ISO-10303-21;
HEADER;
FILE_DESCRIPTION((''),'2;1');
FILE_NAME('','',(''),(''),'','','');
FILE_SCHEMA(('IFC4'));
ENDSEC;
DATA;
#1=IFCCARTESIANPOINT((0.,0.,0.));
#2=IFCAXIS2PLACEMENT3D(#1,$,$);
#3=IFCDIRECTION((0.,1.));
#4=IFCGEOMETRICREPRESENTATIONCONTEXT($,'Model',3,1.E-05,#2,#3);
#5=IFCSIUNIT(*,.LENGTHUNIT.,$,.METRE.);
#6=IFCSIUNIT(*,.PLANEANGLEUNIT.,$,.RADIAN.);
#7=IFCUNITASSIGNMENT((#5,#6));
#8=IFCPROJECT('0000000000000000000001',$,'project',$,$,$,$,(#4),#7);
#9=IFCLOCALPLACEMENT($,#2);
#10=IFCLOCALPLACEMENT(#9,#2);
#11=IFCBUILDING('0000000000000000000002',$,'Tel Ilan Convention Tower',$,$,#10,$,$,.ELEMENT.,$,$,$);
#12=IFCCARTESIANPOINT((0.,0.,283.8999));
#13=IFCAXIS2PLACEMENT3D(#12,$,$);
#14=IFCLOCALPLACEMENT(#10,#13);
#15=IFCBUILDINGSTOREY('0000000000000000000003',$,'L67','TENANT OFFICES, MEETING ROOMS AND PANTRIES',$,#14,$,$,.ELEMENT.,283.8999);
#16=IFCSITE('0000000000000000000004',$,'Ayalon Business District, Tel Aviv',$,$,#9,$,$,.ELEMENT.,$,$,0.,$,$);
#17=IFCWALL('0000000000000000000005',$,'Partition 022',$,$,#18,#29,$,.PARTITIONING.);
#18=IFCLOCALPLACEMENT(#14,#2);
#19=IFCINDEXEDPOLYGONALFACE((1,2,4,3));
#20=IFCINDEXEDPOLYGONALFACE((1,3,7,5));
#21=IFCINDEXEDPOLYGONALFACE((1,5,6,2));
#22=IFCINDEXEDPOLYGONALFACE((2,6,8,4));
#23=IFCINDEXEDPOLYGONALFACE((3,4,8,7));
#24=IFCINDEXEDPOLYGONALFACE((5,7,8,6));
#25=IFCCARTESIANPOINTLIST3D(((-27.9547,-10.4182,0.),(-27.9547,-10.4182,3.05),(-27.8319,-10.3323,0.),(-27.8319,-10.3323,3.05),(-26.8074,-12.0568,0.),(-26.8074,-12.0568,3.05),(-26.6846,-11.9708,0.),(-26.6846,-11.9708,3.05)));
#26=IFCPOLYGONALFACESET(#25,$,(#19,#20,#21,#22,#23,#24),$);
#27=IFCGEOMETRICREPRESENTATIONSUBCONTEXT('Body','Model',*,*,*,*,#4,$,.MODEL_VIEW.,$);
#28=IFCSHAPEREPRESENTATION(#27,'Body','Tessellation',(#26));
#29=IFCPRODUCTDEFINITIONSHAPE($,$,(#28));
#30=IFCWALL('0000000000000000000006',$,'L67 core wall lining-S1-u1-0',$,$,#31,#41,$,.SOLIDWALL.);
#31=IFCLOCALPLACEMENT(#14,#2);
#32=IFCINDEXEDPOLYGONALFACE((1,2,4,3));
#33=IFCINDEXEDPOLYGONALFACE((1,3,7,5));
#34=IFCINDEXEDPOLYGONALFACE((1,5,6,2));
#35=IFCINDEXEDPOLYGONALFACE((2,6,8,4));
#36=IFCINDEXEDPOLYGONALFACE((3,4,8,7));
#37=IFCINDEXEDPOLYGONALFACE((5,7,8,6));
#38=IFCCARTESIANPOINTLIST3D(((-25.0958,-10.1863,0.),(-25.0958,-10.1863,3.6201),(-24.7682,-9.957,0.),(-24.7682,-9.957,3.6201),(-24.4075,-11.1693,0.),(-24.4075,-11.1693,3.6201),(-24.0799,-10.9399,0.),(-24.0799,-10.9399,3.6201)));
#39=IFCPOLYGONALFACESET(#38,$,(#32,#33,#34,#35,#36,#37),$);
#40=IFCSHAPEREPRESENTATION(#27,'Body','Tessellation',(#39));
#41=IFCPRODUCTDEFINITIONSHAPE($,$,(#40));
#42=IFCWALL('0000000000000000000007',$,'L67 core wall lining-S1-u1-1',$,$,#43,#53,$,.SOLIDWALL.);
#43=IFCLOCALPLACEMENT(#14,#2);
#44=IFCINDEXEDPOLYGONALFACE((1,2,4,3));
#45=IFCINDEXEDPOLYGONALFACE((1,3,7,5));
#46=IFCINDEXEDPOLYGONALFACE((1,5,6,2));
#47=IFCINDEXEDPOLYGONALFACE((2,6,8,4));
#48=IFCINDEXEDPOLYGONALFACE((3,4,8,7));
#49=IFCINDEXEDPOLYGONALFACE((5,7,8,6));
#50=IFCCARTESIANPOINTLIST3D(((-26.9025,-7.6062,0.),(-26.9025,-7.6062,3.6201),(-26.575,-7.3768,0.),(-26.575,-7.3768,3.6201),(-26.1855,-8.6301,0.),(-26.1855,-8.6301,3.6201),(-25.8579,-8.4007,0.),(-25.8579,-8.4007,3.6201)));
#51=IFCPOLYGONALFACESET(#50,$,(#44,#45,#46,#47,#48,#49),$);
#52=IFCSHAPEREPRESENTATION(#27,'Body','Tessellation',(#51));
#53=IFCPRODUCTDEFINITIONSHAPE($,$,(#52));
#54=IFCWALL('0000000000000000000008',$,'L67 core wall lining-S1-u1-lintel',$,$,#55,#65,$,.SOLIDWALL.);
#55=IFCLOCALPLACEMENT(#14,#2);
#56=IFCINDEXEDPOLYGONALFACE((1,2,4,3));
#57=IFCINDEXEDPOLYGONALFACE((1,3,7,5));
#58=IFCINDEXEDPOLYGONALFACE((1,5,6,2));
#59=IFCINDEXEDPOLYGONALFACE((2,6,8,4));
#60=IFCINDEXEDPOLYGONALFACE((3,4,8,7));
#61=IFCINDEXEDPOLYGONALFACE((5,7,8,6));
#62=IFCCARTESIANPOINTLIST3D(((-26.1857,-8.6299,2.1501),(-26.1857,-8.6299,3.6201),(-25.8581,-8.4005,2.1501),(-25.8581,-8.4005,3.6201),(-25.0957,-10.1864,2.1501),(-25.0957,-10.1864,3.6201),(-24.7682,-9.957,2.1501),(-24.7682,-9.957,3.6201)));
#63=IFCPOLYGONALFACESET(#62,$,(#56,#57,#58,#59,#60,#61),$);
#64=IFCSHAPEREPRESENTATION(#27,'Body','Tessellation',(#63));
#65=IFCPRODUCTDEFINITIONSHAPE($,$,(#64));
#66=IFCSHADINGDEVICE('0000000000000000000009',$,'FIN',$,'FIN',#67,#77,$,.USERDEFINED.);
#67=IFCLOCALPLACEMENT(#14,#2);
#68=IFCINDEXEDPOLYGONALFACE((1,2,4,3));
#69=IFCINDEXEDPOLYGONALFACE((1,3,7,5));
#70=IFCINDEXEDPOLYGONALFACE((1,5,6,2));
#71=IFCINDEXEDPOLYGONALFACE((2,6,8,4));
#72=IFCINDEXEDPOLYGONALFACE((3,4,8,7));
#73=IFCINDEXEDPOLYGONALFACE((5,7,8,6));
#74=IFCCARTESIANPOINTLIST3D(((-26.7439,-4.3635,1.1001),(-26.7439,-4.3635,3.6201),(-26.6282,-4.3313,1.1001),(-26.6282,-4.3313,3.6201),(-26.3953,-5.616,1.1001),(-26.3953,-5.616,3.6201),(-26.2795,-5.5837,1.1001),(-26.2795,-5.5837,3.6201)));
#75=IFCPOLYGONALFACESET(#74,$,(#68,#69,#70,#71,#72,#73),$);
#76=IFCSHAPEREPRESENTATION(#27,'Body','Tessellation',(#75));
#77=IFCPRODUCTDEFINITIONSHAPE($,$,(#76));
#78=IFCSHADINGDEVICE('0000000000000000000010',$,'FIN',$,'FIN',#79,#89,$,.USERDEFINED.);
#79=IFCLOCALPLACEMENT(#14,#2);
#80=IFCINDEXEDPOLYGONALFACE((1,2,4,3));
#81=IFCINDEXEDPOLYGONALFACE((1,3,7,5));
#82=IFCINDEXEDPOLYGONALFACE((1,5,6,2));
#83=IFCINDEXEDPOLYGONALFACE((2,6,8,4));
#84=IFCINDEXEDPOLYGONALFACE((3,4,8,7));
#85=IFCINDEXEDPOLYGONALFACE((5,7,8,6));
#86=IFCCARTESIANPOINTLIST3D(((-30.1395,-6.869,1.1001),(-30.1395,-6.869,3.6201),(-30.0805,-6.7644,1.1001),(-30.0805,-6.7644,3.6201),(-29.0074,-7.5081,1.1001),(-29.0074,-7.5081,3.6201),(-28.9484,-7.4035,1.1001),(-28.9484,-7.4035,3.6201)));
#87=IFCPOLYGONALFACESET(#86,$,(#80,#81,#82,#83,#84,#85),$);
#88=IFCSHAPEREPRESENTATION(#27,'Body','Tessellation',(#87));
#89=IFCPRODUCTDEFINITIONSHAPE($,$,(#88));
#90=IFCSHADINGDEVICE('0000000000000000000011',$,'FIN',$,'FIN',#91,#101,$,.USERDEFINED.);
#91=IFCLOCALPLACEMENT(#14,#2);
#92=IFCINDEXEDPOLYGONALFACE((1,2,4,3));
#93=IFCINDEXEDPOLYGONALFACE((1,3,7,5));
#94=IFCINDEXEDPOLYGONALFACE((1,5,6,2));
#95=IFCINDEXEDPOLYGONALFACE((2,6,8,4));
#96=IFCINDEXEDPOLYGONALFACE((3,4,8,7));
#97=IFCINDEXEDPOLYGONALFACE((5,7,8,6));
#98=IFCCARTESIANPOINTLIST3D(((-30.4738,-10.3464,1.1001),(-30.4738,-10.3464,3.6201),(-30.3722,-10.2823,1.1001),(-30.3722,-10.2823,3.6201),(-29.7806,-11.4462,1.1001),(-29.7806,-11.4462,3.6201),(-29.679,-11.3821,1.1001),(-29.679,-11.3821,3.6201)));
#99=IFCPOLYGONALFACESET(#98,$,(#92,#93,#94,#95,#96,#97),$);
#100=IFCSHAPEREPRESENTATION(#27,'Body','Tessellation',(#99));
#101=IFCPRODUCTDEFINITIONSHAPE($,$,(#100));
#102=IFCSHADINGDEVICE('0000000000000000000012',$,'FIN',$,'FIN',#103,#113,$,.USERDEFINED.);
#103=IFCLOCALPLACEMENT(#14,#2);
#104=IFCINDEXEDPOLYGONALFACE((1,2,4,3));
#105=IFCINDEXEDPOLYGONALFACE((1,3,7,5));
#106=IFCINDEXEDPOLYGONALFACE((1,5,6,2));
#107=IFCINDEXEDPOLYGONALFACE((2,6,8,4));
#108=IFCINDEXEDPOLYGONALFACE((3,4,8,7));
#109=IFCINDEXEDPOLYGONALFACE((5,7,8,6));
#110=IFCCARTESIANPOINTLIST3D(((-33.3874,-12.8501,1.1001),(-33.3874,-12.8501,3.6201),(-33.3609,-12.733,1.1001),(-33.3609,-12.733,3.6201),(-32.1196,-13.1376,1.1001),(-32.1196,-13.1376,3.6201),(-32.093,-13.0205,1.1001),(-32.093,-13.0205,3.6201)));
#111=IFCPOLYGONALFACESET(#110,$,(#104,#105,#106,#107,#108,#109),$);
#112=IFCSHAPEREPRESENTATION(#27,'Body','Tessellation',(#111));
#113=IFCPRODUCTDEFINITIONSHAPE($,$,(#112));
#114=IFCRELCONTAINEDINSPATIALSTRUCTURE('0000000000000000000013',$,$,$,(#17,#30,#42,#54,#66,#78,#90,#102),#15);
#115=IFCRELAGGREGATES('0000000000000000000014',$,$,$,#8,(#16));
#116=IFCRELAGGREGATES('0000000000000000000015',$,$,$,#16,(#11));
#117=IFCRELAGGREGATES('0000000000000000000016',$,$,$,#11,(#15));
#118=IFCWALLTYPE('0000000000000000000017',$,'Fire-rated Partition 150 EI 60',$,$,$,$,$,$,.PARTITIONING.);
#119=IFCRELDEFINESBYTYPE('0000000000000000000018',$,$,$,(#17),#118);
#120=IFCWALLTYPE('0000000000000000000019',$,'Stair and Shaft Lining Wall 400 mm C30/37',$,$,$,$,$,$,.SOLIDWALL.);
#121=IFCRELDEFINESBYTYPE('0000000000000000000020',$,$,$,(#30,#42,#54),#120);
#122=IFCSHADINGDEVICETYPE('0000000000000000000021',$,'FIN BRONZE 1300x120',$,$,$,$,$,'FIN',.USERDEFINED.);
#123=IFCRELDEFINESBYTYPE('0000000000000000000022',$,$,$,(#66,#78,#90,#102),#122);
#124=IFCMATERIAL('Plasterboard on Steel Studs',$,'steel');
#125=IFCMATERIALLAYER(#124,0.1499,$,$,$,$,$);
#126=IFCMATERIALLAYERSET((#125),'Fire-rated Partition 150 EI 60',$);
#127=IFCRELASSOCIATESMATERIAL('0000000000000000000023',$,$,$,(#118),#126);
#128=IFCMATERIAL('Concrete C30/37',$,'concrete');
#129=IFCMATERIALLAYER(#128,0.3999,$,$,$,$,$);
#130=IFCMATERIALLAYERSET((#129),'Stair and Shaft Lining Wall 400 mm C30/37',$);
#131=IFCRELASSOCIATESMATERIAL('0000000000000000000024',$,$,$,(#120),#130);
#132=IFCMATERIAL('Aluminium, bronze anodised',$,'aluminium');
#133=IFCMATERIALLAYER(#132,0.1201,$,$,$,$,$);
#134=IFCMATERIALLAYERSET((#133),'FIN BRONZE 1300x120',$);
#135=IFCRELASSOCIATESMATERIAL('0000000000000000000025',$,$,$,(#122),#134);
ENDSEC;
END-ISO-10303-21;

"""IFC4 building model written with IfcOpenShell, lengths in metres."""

from ifc_helpers import new_model, si_unit, direction, frame, frame_2d, origin, origin_2d, place, context, subcontext, project, spatial, rectangle, extrude, material, layer, layer_set, type_object, element, save


model = new_model("IFC4")

# Units and contexts
model_context = context("Model", 3, precision=1e-05, world=origin(), true_north=direction((0.0, 1.0)))
body_context = subcontext(model_context, "Body", "Model", "MODEL_VIEW")
ifc_project = project(units=[si_unit("LENGTHUNIT", "METRE"), si_unit("PLANEANGLEUNIT", "RADIAN")], contexts=[model_context])

# Site, building, storey
site_placement = place(None, origin())
site = spatial("IfcSite", under=ifc_project, at=site_placement, Name="Ayalon Business District, Tel Aviv", CompositionType="ELEMENT", RefElevation=0.0)
building_placement = place(site_placement, origin())
building = spatial("IfcBuilding", under=site, at=building_placement, Name="Tel Ilan Convention Tower", CompositionType="ELEMENT")
storey_placement = place(building_placement, frame((0.0, 0.0, 283.8999)))
storey = spatial("IfcBuildingStorey", under=building, at=storey_placement, Name="L67", Description="TENANT OFFICES, MEETING ROOMS AND PANTRIES", CompositionType="ELEMENT", Elevation=283.8999)

# Walls
ifc_material_1 = material(Name="Plasterboard on Steel Studs", Category="steel")
ifc_layer_1 = layer(ifc_material_1, 0.1499)
ifc_layer_set_1 = layer_set([ifc_layer_1], Name="Fire-rated Partition 150 EI 60")
wall_type_1 = type_object("IfcWallType", Name="Fire-rated Partition 150 EI 60", PredefinedType="PARTITIONING", material=ifc_layer_set_1)
wall_1_placement = place(storey_placement, frame((-26.7461, -12.0137, 0.0), z_axis=(0.0, 0.0, 1.0), x_axis=(-0.573569, 0.819157, 0.0)))
element("IfcWall", 1, at=wall_1_placement, inside=storey, type_object=wall_type_1, Name="Partition 022", PredefinedType="PARTITIONING", context=body_context, shape_type="SweptSolid", body=[
    extrude(rectangle(XDim=2.0002, YDim=0.1499, at=frame_2d((1.0, 0.0))), origin(), (0.0, 0.0, 1.0), 3.05),
])
ifc_material_2 = material(Name="Concrete C30/37", Category="concrete")
ifc_layer_2 = layer(ifc_material_2, 0.3999)
ifc_layer_set_2 = layer_set([ifc_layer_2], Name="Stair and Shaft Lining Wall 400 mm C30/37")
wall_type_2 = type_object("IfcWallType", Name="Stair and Shaft Lining Wall 400 mm C30/37", PredefinedType="SOLIDWALL", material=ifc_layer_set_2)
wall_2_placement = place(storey_placement, frame((-24.2437, -11.0547, 0.0), z_axis=(0.0, 0.0, 1.0), x_axis=(-0.573572, 0.819155, 0.0)))
element("IfcWall", 2, at=wall_2_placement, inside=storey, type_object=wall_type_2, Name="L67 core wall lining-S1-u1-0", PredefinedType="SOLIDWALL", context=body_context, shape_type="SweptSolid", body=[
    extrude(rectangle(XDim=1.2, YDim=0.3999, at=frame_2d((0.6001, 0.0))), origin(), (0.0, 0.0, 1.0), 3.6201),
])
wall_3_placement = place(storey_placement, frame((-26.0217, -8.5154, 0.0), z_axis=(0.0, 0.0, 1.0), x_axis=(-0.57362, 0.819122, 0.0)))
element("IfcWall", 3, at=wall_3_placement, inside=storey, type_object=wall_type_2, Name="L67 core wall lining-S1-u1-1", PredefinedType="SOLIDWALL", context=body_context, shape_type="SweptSolid", body=[
    extrude(rectangle(XDim=1.25, YDim=0.3999, at=frame_2d((0.625, 0.0))), origin(), (0.0, 0.0, 1.0), 3.6201),
])
wall_4_placement = place(storey_placement, frame((-24.9319, -10.0718, 2.1501), z_axis=(0.0, 0.0, 1.0), x_axis=(-0.573592, 0.819141, 0.0)))
element("IfcWall", 4, at=wall_4_placement, inside=storey, type_object=wall_type_2, Name="L67 core wall lining-S1-u1-lintel", PredefinedType="SOLIDWALL", context=body_context, shape_type="SweptSolid", body=[
    extrude(rectangle(XDim=1.9001, YDim=0.3999, at=frame_2d((0.9502, 0.0))), origin(), (0.0, 0.0, 1.0), 1.47),
])

# Shading devices
ifc_material_3 = material(Name="Aluminium, bronze anodised", Category="aluminium")
ifc_layer_3 = layer(ifc_material_3, 0.1201)
ifc_layer_set_3 = layer_set([ifc_layer_3], Name="FIN BRONZE 1300x120")
shading_device_type = type_object("IfcShadingDeviceType", Name="FIN BRONZE 1300x120", ElementType="FIN", PredefinedType="USERDEFINED", material=ifc_layer_set_3)
for number, where, z_axis, x_axis, name in (
    (5, (-26.5117, -4.9736, 1.1001), (0.0, 0.0, 1.0), (-0.268173, 0.963371, 0.0), "FIN"),
    (6, (-29.5439, -7.1362, 1.1001), (0.0, 0.0, 1.0), (-0.870833, 0.491579, 0.0), "FIN"),
    (7, (-30.0764, -10.8643, 1.1001), (0.0, 0.0, 1.0), (-0.533204, 0.845986, 0.0), "FIN"),
    (8, (-32.7402, -12.9353, 1.1001), (0.0, 0.0, 1.0), (-0.975235, 0.22117, 0.0), "FIN"),
):
    element("IfcShadingDevice", number, at=place(storey_placement, frame(where, z_axis=z_axis, x_axis=x_axis)), inside=storey, type_object=shading_device_type, Name=name, ObjectType="FIN", PredefinedType="USERDEFINED", context=body_context, shape_type="SweptSolid", body=[
        extrude(rectangle(XDim=1.3, YDim=0.1201, at=origin_2d()), origin(), (0.0, 0.0, 1.0), 2.52),
    ])

save(model, "model.ifc")
